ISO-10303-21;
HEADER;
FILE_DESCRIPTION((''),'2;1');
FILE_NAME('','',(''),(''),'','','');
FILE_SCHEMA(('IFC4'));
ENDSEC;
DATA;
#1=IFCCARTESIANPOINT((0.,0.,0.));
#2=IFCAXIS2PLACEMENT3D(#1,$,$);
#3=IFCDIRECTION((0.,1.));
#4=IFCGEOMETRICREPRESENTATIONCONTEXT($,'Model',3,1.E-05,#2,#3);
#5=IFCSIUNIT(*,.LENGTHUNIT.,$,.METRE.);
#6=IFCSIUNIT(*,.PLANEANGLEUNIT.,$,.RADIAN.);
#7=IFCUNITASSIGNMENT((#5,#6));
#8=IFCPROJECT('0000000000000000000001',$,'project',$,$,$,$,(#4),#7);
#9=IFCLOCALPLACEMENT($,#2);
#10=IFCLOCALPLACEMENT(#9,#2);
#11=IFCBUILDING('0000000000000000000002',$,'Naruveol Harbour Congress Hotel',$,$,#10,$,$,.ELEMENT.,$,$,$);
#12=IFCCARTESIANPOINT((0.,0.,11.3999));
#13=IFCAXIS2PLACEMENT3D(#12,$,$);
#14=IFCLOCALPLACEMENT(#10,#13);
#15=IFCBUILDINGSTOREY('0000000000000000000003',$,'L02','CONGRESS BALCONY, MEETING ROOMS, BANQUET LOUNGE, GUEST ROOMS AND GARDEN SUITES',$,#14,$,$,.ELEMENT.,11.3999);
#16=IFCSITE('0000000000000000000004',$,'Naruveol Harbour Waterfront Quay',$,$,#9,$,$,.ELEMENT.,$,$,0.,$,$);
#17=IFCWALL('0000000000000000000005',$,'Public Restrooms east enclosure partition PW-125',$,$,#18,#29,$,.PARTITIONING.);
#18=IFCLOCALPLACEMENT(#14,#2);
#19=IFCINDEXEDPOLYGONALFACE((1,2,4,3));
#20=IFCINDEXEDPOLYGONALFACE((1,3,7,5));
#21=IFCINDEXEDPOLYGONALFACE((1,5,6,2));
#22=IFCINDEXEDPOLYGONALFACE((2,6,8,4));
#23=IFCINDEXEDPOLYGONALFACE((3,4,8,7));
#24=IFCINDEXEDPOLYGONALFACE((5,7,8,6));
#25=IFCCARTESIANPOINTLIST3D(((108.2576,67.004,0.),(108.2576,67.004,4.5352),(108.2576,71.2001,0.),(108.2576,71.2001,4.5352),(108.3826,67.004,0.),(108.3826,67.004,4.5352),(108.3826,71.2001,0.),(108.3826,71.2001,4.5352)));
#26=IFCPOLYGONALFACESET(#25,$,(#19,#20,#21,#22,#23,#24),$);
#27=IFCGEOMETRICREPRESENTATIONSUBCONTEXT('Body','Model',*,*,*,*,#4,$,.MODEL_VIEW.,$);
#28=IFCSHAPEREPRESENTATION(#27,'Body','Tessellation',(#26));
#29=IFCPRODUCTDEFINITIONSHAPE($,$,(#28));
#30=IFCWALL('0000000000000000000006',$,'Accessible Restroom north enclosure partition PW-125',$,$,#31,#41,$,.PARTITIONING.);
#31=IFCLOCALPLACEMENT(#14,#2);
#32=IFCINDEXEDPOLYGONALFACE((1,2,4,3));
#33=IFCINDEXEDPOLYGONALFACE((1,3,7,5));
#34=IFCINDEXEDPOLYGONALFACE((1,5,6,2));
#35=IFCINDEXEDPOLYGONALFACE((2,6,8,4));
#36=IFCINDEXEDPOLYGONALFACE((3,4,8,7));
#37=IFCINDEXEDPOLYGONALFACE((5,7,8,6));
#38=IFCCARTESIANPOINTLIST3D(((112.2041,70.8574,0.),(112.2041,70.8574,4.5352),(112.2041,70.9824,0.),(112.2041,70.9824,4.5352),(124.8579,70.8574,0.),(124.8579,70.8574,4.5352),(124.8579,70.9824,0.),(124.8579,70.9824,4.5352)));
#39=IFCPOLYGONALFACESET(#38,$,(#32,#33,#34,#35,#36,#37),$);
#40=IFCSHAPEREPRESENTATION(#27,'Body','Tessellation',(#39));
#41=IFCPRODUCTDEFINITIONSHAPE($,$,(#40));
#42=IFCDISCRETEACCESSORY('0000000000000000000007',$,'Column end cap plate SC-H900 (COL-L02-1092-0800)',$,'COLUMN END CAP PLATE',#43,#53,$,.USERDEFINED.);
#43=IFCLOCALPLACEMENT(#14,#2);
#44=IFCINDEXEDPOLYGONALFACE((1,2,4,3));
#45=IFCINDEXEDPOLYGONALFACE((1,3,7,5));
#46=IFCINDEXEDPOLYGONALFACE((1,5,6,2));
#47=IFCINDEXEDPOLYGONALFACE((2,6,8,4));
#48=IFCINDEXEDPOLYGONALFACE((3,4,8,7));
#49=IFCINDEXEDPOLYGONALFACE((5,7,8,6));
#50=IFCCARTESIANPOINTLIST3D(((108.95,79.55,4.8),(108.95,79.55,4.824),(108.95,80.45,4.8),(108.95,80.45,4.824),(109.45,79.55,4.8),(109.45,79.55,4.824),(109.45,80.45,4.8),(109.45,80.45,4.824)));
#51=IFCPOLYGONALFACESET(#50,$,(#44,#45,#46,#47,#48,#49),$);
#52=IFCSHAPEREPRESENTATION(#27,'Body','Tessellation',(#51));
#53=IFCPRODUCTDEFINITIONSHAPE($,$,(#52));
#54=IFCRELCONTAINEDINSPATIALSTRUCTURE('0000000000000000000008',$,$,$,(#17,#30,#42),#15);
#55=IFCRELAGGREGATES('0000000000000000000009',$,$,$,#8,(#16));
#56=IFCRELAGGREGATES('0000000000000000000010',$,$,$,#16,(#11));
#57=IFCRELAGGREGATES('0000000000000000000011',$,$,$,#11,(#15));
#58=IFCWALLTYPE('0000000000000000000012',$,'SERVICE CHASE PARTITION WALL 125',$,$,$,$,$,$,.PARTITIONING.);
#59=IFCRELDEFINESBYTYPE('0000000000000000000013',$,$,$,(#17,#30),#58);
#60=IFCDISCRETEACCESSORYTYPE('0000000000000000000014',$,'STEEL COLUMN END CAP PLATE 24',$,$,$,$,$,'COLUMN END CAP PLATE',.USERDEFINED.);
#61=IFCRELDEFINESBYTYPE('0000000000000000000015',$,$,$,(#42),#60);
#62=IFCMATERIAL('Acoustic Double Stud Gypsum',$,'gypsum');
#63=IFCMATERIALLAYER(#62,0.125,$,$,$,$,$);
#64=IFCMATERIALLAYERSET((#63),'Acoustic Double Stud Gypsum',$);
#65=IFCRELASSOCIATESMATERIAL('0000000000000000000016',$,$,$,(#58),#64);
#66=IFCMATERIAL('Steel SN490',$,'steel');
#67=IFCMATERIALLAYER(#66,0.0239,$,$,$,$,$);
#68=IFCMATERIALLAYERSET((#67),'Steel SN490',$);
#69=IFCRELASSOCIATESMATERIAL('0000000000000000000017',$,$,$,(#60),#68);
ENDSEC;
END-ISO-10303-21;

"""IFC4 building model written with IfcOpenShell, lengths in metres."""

from ifc_helpers import new_model, si_unit, direction, frame, frame_2d, origin, origin_2d, place, context, subcontext, project, spatial, rectangle, extrude, material, layer, layer_set, type_object, element, save


model = new_model("IFC4")

# Units and contexts
model_context = context("Model", 3, precision=1e-05, world=origin(), true_north=direction((0.0, 1.0)))
body_context = subcontext(model_context, "Body", "Model", "MODEL_VIEW")
ifc_project = project(units=[si_unit("LENGTHUNIT", "METRE"), si_unit("PLANEANGLEUNIT", "RADIAN")], contexts=[model_context])

# Site, building, storey
site_placement = place(None, origin())
site = spatial("IfcSite", under=ifc_project, at=site_placement, Name="Naruveol Harbour Waterfront Quay", CompositionType="ELEMENT", RefElevation=0.0)
building_placement = place(site_placement, origin())
building = spatial("IfcBuilding", under=site, at=building_placement, Name="Naruveol Harbour Congress Hotel", CompositionType="ELEMENT")
storey_placement = place(building_placement, frame((0.0, 0.0, 11.3999)))
storey = spatial("IfcBuildingStorey", under=building, at=storey_placement, Name="L02", Description="CONGRESS BALCONY, MEETING ROOMS, BANQUET LOUNGE, GUEST ROOMS AND GARDEN SUITES", CompositionType="ELEMENT", Elevation=11.3999)

# Shared definitions
ifc_material_1 = material(Name="Acoustic Double Stud Gypsum", Category="gypsum")
ifc_layer_1 = layer(ifc_material_1, 0.125)
ifc_layer_set_1 = layer_set([ifc_layer_1], Name="Acoustic Double Stud Gypsum")
wall_type_1 = type_object("IfcWallType", Name="SERVICE CHASE PARTITION WALL 125", PredefinedType="PARTITIONING", material=ifc_layer_set_1)

# Walls
wall_1_placement = place(storey_placement, frame((108.3201, 67.0039, 0.0), z_axis=(0.0, 0.0, 1.0), x_axis=(0.0, 1.0, 0.0)))
element("IfcWall", 1, at=wall_1_placement, inside=storey, type_object=wall_type_1, Name="Public Restrooms east enclosure partition PW-125", PredefinedType="PARTITIONING", context=body_context, shape_type="SweptSolid", body=[
    extrude(rectangle(XDim=4.196, YDim=0.125, at=frame_2d((2.0981, 0.0))), origin(), (0.0, 0.0, 1.0), 4.5352),
])
wall_2_placement = place(storey_placement, frame((112.2041, 70.9199, 0.0), z_axis=(0.0, 0.0, 1.0), x_axis=(1.0, 0.0, 0.0)))
element("IfcWall", 2, at=wall_2_placement, inside=storey, type_object=wall_type_1, Name="Accessible Restroom north enclosure partition PW-125", PredefinedType="PARTITIONING", context=body_context, shape_type="SweptSolid", body=[
    extrude(rectangle(XDim=12.6538, YDim=0.125, at=frame_2d((6.3269, 0.0))), origin(), (0.0, 0.0, 1.0), 4.5352),
])

# Discrete accessory
ifc_material_2 = material(Name="Steel SN490", Category="steel")
ifc_layer_2 = layer(ifc_material_2, 0.0239)
ifc_layer_set_2 = layer_set([ifc_layer_2], Name="Steel SN490")
discrete_accessory_type = type_object("IfcDiscreteAccessoryType", Name="STEEL COLUMN END CAP PLATE 24", ElementType="COLUMN END CAP PLATE", PredefinedType="USERDEFINED", material=ifc_layer_set_2)
discrete_accessory_placement = place(storey_placement, frame((109.2, 80.0, 4.8), z_axis=(0.0, 0.0, 1.0), x_axis=(1.0, 0.0, 0.0)))
element("IfcDiscreteAccessory", 3, at=discrete_accessory_placement, inside=storey, type_object=discrete_accessory_type, Name="Column end cap plate SC-H900 (COL-L02-1092-0800)", ObjectType="COLUMN END CAP PLATE", PredefinedType="USERDEFINED", context=body_context, shape_type="SweptSolid", body=[
    extrude(rectangle(XDim=0.5, YDim=0.8999, at=origin_2d()), origin(), (0.0, 0.0, 1.0), 0.0239),
])

save(model, "model.ifc")
